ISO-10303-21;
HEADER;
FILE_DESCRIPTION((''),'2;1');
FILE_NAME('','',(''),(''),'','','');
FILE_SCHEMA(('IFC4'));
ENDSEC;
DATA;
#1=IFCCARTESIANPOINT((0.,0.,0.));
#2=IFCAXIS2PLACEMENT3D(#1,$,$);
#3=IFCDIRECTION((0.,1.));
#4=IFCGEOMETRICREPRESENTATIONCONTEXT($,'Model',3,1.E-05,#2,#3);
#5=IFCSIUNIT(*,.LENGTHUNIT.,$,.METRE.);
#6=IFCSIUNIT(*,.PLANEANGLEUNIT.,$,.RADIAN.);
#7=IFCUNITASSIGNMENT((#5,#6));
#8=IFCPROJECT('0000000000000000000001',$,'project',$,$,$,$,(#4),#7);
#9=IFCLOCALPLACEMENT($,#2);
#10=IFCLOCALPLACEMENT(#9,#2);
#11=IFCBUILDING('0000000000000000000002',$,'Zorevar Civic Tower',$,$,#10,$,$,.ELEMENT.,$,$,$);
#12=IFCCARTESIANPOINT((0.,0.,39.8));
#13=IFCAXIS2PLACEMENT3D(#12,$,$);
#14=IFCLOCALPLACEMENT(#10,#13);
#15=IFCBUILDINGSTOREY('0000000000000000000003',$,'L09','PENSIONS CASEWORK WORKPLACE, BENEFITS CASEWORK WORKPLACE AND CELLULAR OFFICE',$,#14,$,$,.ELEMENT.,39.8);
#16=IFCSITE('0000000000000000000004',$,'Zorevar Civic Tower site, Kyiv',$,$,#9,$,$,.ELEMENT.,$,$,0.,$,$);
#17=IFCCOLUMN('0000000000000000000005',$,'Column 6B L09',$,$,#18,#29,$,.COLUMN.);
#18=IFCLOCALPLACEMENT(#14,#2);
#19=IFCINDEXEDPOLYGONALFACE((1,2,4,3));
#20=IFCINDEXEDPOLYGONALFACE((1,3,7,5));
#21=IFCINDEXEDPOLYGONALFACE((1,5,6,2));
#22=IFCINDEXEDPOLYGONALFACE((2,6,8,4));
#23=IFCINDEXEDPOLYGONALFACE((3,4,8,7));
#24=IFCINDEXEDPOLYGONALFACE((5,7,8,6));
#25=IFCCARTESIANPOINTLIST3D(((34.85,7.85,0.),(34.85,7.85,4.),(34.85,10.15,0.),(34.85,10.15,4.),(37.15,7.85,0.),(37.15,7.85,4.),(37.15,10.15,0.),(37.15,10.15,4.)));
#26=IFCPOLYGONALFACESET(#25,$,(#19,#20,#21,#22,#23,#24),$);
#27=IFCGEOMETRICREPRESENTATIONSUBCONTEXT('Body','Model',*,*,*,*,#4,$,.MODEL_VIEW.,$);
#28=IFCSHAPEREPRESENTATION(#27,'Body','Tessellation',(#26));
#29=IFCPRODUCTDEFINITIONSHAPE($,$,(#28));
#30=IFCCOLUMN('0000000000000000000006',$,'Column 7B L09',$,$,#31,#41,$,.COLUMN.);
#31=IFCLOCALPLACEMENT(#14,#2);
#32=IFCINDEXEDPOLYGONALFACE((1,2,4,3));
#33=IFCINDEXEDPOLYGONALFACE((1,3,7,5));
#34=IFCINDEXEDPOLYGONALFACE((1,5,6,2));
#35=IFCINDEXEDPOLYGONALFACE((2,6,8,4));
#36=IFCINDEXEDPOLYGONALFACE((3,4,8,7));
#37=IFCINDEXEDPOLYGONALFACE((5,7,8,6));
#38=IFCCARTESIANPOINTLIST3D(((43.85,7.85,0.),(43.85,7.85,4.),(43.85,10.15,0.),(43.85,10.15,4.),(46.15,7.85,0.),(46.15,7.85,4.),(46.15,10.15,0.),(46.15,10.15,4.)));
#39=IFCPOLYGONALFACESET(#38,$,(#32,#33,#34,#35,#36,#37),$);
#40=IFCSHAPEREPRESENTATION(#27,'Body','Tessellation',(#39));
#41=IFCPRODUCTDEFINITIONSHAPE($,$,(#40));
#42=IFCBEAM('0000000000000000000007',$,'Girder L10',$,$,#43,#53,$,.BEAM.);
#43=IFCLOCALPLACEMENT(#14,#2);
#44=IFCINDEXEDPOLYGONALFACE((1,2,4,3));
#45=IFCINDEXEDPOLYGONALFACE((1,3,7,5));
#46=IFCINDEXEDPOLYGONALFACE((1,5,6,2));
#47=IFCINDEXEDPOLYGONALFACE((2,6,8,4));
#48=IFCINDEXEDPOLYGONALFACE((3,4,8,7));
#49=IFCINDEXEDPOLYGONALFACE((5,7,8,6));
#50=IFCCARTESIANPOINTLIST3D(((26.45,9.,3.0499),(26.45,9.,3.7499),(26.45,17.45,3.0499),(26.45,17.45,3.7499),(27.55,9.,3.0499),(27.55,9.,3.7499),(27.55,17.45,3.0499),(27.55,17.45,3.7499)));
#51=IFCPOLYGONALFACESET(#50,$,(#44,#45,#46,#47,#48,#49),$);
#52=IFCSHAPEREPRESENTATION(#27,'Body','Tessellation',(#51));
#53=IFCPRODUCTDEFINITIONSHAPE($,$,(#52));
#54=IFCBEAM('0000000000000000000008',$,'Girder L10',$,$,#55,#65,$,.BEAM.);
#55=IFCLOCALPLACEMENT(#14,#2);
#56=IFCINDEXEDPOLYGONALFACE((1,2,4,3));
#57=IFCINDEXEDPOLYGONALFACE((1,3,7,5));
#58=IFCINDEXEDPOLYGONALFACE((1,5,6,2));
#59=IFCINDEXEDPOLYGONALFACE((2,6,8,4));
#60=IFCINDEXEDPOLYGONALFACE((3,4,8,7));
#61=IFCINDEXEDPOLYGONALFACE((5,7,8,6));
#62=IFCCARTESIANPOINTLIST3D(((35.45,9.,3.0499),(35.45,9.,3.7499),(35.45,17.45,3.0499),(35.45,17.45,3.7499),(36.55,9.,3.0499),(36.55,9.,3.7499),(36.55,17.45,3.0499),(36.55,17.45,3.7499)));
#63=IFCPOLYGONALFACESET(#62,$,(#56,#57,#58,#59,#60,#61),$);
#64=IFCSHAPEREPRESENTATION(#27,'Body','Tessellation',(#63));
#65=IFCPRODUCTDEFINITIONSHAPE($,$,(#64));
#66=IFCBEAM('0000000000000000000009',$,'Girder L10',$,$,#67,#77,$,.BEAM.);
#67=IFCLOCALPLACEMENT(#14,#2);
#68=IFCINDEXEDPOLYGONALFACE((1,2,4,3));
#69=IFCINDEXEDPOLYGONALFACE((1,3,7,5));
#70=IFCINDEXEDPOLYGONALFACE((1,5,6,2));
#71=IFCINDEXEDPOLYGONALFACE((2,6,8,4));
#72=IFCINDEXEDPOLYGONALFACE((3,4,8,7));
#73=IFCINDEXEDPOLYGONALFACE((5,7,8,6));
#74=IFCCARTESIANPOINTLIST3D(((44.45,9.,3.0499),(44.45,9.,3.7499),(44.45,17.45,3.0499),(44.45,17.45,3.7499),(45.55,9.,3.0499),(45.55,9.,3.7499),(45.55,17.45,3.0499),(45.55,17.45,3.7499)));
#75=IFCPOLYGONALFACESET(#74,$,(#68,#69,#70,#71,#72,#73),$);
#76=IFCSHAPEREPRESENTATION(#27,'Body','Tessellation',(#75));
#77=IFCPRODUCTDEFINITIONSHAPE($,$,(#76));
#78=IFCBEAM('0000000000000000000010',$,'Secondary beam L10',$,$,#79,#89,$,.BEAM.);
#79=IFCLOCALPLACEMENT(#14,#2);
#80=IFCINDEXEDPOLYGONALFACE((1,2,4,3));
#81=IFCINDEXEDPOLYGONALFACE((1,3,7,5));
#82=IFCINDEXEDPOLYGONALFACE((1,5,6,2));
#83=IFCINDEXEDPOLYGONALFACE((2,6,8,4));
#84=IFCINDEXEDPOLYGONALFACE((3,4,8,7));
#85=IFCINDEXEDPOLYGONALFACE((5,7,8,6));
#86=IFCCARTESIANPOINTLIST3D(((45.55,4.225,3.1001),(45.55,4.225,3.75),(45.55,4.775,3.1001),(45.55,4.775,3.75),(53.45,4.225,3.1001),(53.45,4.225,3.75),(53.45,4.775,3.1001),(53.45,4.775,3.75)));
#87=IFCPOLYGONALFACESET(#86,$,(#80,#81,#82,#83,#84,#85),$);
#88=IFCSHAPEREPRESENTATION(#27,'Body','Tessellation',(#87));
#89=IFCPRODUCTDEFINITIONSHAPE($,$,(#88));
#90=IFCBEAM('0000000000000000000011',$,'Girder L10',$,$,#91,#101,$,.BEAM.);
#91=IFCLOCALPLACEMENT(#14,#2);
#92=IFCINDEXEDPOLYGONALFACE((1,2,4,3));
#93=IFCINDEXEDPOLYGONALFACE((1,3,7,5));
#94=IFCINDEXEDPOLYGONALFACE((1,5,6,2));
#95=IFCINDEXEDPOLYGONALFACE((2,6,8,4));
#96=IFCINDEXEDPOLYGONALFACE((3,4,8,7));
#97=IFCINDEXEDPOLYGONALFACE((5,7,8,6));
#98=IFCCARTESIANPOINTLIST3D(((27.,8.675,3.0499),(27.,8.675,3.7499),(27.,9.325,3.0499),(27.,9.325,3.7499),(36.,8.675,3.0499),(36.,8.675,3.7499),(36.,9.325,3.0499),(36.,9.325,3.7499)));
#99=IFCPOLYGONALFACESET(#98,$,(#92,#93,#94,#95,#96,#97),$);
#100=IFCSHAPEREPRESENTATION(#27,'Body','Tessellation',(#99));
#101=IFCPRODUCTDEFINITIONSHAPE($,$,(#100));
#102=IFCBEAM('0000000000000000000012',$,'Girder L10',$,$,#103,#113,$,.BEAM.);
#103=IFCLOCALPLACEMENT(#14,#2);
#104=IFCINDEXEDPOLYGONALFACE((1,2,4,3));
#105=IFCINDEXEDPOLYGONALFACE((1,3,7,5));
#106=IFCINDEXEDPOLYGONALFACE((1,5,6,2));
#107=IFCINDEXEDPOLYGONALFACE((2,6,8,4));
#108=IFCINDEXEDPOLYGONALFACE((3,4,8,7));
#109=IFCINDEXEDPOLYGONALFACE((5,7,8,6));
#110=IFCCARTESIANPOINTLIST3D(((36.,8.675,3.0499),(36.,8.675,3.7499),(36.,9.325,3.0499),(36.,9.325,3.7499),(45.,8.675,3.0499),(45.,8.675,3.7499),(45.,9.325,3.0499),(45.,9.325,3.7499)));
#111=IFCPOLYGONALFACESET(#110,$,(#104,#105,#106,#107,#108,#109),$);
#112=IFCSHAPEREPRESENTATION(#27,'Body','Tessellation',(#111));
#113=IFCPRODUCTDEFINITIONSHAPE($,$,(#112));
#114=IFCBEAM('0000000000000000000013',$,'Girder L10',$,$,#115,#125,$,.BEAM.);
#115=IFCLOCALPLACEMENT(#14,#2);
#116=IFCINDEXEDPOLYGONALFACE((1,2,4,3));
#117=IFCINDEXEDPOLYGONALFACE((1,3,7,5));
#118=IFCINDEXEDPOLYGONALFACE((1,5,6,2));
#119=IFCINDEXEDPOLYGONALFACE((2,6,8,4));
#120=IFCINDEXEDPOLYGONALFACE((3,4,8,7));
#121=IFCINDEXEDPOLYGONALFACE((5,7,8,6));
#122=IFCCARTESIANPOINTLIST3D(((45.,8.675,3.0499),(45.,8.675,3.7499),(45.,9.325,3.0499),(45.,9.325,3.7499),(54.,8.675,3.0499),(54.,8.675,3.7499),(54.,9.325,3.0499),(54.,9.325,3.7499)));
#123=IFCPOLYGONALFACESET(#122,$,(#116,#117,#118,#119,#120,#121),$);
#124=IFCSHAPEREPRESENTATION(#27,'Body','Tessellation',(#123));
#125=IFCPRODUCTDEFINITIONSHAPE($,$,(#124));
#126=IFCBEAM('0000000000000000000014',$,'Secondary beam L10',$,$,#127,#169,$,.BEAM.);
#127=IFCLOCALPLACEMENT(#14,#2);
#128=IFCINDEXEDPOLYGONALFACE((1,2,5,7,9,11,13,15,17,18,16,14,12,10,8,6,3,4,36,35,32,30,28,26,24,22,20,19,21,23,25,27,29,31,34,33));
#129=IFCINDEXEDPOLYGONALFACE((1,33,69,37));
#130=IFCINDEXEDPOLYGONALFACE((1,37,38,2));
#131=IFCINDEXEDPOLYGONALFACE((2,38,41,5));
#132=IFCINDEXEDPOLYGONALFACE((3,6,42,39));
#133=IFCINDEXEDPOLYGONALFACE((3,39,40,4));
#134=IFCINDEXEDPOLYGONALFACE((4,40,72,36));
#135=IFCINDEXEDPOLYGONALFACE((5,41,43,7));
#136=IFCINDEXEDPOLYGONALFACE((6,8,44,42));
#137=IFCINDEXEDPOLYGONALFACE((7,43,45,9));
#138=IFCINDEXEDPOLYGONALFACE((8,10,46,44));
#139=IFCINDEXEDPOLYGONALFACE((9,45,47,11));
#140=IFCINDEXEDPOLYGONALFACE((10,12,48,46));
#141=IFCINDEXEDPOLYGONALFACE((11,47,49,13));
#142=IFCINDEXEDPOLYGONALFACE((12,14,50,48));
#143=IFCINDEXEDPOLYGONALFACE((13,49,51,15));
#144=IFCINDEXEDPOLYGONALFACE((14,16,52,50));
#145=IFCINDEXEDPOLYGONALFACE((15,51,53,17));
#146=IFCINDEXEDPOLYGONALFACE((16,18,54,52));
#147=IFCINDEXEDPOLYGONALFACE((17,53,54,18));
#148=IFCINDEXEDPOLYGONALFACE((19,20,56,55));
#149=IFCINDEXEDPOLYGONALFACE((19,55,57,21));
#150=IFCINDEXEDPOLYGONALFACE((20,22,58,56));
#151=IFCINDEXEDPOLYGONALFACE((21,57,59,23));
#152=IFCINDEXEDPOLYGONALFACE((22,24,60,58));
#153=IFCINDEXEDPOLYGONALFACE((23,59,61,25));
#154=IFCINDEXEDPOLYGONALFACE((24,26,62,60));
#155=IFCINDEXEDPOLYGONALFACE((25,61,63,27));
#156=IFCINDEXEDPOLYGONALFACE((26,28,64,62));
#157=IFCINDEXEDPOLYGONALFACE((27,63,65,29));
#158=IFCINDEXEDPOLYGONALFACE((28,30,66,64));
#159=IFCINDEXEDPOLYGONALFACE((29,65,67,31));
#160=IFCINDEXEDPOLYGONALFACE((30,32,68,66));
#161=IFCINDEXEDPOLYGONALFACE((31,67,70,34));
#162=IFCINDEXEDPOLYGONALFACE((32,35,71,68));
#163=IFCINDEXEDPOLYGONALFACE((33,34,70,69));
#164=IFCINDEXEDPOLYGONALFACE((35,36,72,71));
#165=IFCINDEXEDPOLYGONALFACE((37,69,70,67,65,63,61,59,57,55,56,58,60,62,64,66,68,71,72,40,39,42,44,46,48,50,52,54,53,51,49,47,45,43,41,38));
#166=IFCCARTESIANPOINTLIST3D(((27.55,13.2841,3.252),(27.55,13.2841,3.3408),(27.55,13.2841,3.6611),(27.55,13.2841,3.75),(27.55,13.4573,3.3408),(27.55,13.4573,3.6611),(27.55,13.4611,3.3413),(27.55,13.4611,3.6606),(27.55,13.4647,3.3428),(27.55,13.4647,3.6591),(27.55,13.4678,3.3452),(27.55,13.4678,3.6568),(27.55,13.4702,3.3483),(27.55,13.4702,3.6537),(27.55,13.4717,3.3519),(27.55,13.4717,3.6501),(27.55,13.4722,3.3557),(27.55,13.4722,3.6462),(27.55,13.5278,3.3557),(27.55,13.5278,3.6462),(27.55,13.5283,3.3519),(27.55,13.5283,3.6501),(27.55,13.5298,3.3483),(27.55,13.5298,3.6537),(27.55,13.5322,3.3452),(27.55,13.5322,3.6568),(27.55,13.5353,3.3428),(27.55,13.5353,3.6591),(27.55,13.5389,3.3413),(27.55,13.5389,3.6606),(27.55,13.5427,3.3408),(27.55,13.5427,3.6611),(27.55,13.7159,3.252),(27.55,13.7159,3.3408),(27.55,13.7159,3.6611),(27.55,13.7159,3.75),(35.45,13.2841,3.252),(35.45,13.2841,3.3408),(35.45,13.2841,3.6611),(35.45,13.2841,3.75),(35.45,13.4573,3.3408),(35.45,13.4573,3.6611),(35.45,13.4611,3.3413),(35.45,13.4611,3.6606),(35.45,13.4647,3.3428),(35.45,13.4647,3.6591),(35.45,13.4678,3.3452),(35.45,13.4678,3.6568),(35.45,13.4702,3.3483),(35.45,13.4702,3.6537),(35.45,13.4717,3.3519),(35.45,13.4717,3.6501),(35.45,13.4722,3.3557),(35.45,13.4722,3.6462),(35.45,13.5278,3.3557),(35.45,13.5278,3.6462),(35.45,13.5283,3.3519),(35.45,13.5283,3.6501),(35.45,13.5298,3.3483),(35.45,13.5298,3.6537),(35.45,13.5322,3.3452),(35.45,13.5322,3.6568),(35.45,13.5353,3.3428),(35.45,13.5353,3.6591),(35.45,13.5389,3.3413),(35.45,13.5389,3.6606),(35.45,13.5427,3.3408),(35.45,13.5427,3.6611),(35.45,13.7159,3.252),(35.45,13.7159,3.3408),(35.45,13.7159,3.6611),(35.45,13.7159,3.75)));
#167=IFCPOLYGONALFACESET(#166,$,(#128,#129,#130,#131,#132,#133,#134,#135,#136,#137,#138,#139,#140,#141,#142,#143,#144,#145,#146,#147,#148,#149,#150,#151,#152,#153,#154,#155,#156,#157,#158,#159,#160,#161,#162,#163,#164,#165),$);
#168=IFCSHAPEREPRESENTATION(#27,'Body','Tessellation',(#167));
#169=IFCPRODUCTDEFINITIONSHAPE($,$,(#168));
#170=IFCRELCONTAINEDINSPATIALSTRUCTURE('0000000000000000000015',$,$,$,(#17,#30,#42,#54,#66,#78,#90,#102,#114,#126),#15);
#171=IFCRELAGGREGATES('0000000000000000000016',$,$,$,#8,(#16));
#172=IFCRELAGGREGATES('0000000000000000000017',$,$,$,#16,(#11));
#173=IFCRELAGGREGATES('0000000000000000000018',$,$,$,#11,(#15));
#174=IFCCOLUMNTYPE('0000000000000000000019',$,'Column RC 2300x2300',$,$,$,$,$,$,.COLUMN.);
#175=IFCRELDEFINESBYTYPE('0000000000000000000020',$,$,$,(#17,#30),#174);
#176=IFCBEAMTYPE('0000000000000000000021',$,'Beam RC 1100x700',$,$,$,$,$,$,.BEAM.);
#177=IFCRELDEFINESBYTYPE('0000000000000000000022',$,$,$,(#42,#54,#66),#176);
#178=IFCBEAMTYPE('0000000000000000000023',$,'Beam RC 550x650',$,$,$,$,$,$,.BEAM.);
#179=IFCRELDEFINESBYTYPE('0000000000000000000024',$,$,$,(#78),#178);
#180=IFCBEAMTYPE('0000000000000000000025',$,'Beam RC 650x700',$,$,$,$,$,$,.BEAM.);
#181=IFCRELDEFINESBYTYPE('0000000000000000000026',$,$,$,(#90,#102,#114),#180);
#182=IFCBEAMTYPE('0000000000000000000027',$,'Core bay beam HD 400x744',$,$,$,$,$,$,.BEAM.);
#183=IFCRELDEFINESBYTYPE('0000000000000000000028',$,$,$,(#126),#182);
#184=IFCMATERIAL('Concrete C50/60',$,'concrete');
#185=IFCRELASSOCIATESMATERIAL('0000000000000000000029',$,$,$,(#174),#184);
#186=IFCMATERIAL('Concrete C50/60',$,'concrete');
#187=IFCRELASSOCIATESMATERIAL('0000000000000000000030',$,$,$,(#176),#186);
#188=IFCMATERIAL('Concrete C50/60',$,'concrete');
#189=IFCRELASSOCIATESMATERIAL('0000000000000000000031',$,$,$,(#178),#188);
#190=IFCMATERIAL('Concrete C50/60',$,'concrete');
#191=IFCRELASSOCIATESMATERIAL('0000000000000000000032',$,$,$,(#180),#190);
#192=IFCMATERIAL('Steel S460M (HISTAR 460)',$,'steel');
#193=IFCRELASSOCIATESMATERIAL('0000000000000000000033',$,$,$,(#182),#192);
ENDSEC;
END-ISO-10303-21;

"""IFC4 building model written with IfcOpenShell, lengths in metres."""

from ifc_helpers import new_model, si_unit, direction, frame, origin, origin_2d, place, context, subcontext, project, spatial, rectangle, i_section, extrude, material, material_profile, profile_set, type_object, element, save


model = new_model("IFC4")

# Units and contexts
model_context = context("Model", 3, precision=1e-05, world=origin(), true_north=direction((0.0, 1.0)))
body_context = subcontext(model_context, "Body", "Model", "MODEL_VIEW")
ifc_project = project(units=[si_unit("LENGTHUNIT", "METRE"), si_unit("PLANEANGLEUNIT", "RADIAN")], contexts=[model_context])

# Site, building, storey
site_placement = place(None, origin())
site = spatial("IfcSite", under=ifc_project, at=site_placement, Name="Zorevar Civic Tower site, Kyiv", CompositionType="ELEMENT", RefElevation=0.0)
building_placement = place(site_placement, origin())
building = spatial("IfcBuilding", under=site, at=building_placement, Name="Zorevar Civic Tower", CompositionType="ELEMENT")
storey_placement = place(building_placement, frame((0.0, 0.0, 39.8)))
storey = spatial("IfcBuildingStorey", under=building, at=storey_placement, Name="L09", Description="PENSIONS CASEWORK WORKPLACE, BENEFITS CASEWORK WORKPLACE AND CELLULAR OFFICE", CompositionType="ELEMENT", Elevation=39.8)

# Columns
ifc_material_1 = material(Name="Concrete C50/60", Category="concrete")
ifc_material_profile_1 = material_profile(ifc_material_1, rectangle(XDim=2.3, YDim=2.3, at=origin_2d()), Name="RC 2300x2300")
ifc_profile_set_1 = profile_set([ifc_material_profile_1], Name="Concrete C50/60")
column_type = type_object("IfcColumnType", Name="Column RC 2300x2300", PredefinedType="COLUMN", material=ifc_profile_set_1)
for number, where, z_axis, x_axis, name in (
    (1, (36.0, 9.0, 0.0), (0.0, 0.0, 1.0), (1.0, 0.0, 0.0), "Column 6B L09"),
    (2, (45.0, 9.0, 0.0), (0.0, 0.0, 1.0), (1.0, 0.0, 0.0), "Column 7B L09"),
):
    element("IfcColumn", number, at=place(storey_placement, frame(where, z_axis=z_axis, x_axis=x_axis)), inside=storey, type_object=column_type, Name=name, PredefinedType="COLUMN", context=body_context, shape_type="SweptSolid", body=[
        extrude(rectangle(XDim=2.3, YDim=2.3, at=origin_2d()), origin(), (0.0, 0.0, 1.0), 4.0),
    ])

# Beams
ifc_material_2 = material(Name="Concrete C50/60", Category="concrete")
ifc_material_profile_2 = material_profile(ifc_material_2, rectangle(XDim=1.1001, YDim=0.7, at=origin_2d()), Name="RC 1100x700")
ifc_profile_set_2 = profile_set([ifc_material_profile_2], Name="Concrete C50/60")
beam_type_1 = type_object("IfcBeamType", Name="Beam RC 1100x700", PredefinedType="BEAM", material=ifc_profile_set_2)
for number, where, z_axis, x_axis, name in (
    (3, (27.0, 9.0, 3.3999), (0.0, 1.0, 0.0), (-1.0, 0.0, 0.0), "Girder L10"),
    (4, (36.0, 9.0, 3.3999), (0.0, 1.0, 0.0), (-1.0, 0.0, 0.0), "Girder L10"),
    (5, (45.0, 9.0, 3.3999), (0.0, 1.0, 0.0), (-1.0, 0.0, 0.0), "Girder L10"),
):
    element("IfcBeam", number, at=place(storey_placement, frame(where, z_axis=z_axis, x_axis=x_axis)), inside=storey, type_object=beam_type_1, Name=name, PredefinedType="BEAM", context=body_context, shape_type="SweptSolid", body=[
        extrude(rectangle(XDim=1.1001, YDim=0.7, at=origin_2d()), origin(), (0.0, 0.0, 1.0), 8.45),
    ])
ifc_material_3 = material(Name="Concrete C50/60", Category="concrete")
ifc_material_profile_3 = material_profile(ifc_material_3, rectangle(XDim=0.55, YDim=0.6499, at=origin_2d()), Name="RC 550x650")
ifc_profile_set_3 = profile_set([ifc_material_profile_3], Name="Concrete C50/60")
beam_type_2 = type_object("IfcBeamType", Name="Beam RC 550x650", PredefinedType="BEAM", material=ifc_profile_set_3)
beam_1_placement = place(storey_placement, frame((45.55, 4.5, 3.425), z_axis=(1.0, 0.0, 0.0), x_axis=(0.0, 1.0, 0.0)))
element("IfcBeam", 6, at=beam_1_placement, inside=storey, type_object=beam_type_2, Name="Secondary beam L10", PredefinedType="BEAM", context=body_context, shape_type="SweptSolid", body=[
    extrude(rectangle(XDim=0.55, YDim=0.6499, at=origin_2d()), origin(), (0.0, 0.0, 1.0), 7.8999),
])
ifc_material_4 = material(Name="Concrete C50/60", Category="concrete")
ifc_material_profile_4 = material_profile(ifc_material_4, rectangle(XDim=0.6499, YDim=0.7, at=origin_2d()), Name="RC 650x700")
ifc_profile_set_4 = profile_set([ifc_material_profile_4], Name="Concrete C50/60")
beam_type_3 = type_object("IfcBeamType", Name="Beam RC 650x700", PredefinedType="BEAM", material=ifc_profile_set_4)
for number, where, z_axis, x_axis, name in (
    (7, (27.0, 9.0, 3.3999), (1.0, 0.0, 0.0), (0.0, 1.0, 0.0), "Girder L10"),
    (8, (36.0, 9.0, 3.3999), (1.0, 0.0, 0.0), (0.0, 1.0, 0.0), "Girder L10"),
    (9, (45.0, 9.0, 3.3999), (1.0, 0.0, 0.0), (0.0, 1.0, 0.0), "Girder L10"),
):
    element("IfcBeam", number, at=place(storey_placement, frame(where, z_axis=z_axis, x_axis=x_axis)), inside=storey, type_object=beam_type_3, Name=name, PredefinedType="BEAM", context=body_context, shape_type="SweptSolid", body=[
        extrude(rectangle(XDim=0.6499, YDim=0.7, at=origin_2d()), origin(), (0.0, 0.0, 1.0), 9.0),
    ])
ifc_material_5 = material(Name="Steel S460M (HISTAR 460)", Category="steel")
ifc_material_profile_5 = material_profile(ifc_material_5, i_section(OverallWidth=0.4319, OverallDepth=0.498, WebThickness=0.0557, FlangeThickness=0.0889, FilletRadius=0.0149, at=origin_2d()), Name="HD 400x744")
ifc_profile_set_5 = profile_set([ifc_material_profile_5], Name="Steel S460M (HISTAR 460)")
beam_type_4 = type_object("IfcBeamType", Name="Core bay beam HD 400x744", PredefinedType="BEAM", material=ifc_profile_set_5)
beam_2_placement = place(storey_placement, frame((27.55, 13.5, 3.501), z_axis=(1.0, 0.0, 0.0), x_axis=(0.0, 1.0, 0.0)))
element("IfcBeam", 10, at=beam_2_placement, inside=storey, type_object=beam_type_4, Name="Secondary beam L10", PredefinedType="BEAM", context=body_context, shape_type="SweptSolid", body=[
    extrude(i_section(OverallWidth=0.4319, OverallDepth=0.498, WebThickness=0.0557, FlangeThickness=0.0889, FilletRadius=0.0149, at=origin_2d()), origin(), (0.0, 0.0, 1.0), 7.8999),
])

save(model, "model.ifc")
